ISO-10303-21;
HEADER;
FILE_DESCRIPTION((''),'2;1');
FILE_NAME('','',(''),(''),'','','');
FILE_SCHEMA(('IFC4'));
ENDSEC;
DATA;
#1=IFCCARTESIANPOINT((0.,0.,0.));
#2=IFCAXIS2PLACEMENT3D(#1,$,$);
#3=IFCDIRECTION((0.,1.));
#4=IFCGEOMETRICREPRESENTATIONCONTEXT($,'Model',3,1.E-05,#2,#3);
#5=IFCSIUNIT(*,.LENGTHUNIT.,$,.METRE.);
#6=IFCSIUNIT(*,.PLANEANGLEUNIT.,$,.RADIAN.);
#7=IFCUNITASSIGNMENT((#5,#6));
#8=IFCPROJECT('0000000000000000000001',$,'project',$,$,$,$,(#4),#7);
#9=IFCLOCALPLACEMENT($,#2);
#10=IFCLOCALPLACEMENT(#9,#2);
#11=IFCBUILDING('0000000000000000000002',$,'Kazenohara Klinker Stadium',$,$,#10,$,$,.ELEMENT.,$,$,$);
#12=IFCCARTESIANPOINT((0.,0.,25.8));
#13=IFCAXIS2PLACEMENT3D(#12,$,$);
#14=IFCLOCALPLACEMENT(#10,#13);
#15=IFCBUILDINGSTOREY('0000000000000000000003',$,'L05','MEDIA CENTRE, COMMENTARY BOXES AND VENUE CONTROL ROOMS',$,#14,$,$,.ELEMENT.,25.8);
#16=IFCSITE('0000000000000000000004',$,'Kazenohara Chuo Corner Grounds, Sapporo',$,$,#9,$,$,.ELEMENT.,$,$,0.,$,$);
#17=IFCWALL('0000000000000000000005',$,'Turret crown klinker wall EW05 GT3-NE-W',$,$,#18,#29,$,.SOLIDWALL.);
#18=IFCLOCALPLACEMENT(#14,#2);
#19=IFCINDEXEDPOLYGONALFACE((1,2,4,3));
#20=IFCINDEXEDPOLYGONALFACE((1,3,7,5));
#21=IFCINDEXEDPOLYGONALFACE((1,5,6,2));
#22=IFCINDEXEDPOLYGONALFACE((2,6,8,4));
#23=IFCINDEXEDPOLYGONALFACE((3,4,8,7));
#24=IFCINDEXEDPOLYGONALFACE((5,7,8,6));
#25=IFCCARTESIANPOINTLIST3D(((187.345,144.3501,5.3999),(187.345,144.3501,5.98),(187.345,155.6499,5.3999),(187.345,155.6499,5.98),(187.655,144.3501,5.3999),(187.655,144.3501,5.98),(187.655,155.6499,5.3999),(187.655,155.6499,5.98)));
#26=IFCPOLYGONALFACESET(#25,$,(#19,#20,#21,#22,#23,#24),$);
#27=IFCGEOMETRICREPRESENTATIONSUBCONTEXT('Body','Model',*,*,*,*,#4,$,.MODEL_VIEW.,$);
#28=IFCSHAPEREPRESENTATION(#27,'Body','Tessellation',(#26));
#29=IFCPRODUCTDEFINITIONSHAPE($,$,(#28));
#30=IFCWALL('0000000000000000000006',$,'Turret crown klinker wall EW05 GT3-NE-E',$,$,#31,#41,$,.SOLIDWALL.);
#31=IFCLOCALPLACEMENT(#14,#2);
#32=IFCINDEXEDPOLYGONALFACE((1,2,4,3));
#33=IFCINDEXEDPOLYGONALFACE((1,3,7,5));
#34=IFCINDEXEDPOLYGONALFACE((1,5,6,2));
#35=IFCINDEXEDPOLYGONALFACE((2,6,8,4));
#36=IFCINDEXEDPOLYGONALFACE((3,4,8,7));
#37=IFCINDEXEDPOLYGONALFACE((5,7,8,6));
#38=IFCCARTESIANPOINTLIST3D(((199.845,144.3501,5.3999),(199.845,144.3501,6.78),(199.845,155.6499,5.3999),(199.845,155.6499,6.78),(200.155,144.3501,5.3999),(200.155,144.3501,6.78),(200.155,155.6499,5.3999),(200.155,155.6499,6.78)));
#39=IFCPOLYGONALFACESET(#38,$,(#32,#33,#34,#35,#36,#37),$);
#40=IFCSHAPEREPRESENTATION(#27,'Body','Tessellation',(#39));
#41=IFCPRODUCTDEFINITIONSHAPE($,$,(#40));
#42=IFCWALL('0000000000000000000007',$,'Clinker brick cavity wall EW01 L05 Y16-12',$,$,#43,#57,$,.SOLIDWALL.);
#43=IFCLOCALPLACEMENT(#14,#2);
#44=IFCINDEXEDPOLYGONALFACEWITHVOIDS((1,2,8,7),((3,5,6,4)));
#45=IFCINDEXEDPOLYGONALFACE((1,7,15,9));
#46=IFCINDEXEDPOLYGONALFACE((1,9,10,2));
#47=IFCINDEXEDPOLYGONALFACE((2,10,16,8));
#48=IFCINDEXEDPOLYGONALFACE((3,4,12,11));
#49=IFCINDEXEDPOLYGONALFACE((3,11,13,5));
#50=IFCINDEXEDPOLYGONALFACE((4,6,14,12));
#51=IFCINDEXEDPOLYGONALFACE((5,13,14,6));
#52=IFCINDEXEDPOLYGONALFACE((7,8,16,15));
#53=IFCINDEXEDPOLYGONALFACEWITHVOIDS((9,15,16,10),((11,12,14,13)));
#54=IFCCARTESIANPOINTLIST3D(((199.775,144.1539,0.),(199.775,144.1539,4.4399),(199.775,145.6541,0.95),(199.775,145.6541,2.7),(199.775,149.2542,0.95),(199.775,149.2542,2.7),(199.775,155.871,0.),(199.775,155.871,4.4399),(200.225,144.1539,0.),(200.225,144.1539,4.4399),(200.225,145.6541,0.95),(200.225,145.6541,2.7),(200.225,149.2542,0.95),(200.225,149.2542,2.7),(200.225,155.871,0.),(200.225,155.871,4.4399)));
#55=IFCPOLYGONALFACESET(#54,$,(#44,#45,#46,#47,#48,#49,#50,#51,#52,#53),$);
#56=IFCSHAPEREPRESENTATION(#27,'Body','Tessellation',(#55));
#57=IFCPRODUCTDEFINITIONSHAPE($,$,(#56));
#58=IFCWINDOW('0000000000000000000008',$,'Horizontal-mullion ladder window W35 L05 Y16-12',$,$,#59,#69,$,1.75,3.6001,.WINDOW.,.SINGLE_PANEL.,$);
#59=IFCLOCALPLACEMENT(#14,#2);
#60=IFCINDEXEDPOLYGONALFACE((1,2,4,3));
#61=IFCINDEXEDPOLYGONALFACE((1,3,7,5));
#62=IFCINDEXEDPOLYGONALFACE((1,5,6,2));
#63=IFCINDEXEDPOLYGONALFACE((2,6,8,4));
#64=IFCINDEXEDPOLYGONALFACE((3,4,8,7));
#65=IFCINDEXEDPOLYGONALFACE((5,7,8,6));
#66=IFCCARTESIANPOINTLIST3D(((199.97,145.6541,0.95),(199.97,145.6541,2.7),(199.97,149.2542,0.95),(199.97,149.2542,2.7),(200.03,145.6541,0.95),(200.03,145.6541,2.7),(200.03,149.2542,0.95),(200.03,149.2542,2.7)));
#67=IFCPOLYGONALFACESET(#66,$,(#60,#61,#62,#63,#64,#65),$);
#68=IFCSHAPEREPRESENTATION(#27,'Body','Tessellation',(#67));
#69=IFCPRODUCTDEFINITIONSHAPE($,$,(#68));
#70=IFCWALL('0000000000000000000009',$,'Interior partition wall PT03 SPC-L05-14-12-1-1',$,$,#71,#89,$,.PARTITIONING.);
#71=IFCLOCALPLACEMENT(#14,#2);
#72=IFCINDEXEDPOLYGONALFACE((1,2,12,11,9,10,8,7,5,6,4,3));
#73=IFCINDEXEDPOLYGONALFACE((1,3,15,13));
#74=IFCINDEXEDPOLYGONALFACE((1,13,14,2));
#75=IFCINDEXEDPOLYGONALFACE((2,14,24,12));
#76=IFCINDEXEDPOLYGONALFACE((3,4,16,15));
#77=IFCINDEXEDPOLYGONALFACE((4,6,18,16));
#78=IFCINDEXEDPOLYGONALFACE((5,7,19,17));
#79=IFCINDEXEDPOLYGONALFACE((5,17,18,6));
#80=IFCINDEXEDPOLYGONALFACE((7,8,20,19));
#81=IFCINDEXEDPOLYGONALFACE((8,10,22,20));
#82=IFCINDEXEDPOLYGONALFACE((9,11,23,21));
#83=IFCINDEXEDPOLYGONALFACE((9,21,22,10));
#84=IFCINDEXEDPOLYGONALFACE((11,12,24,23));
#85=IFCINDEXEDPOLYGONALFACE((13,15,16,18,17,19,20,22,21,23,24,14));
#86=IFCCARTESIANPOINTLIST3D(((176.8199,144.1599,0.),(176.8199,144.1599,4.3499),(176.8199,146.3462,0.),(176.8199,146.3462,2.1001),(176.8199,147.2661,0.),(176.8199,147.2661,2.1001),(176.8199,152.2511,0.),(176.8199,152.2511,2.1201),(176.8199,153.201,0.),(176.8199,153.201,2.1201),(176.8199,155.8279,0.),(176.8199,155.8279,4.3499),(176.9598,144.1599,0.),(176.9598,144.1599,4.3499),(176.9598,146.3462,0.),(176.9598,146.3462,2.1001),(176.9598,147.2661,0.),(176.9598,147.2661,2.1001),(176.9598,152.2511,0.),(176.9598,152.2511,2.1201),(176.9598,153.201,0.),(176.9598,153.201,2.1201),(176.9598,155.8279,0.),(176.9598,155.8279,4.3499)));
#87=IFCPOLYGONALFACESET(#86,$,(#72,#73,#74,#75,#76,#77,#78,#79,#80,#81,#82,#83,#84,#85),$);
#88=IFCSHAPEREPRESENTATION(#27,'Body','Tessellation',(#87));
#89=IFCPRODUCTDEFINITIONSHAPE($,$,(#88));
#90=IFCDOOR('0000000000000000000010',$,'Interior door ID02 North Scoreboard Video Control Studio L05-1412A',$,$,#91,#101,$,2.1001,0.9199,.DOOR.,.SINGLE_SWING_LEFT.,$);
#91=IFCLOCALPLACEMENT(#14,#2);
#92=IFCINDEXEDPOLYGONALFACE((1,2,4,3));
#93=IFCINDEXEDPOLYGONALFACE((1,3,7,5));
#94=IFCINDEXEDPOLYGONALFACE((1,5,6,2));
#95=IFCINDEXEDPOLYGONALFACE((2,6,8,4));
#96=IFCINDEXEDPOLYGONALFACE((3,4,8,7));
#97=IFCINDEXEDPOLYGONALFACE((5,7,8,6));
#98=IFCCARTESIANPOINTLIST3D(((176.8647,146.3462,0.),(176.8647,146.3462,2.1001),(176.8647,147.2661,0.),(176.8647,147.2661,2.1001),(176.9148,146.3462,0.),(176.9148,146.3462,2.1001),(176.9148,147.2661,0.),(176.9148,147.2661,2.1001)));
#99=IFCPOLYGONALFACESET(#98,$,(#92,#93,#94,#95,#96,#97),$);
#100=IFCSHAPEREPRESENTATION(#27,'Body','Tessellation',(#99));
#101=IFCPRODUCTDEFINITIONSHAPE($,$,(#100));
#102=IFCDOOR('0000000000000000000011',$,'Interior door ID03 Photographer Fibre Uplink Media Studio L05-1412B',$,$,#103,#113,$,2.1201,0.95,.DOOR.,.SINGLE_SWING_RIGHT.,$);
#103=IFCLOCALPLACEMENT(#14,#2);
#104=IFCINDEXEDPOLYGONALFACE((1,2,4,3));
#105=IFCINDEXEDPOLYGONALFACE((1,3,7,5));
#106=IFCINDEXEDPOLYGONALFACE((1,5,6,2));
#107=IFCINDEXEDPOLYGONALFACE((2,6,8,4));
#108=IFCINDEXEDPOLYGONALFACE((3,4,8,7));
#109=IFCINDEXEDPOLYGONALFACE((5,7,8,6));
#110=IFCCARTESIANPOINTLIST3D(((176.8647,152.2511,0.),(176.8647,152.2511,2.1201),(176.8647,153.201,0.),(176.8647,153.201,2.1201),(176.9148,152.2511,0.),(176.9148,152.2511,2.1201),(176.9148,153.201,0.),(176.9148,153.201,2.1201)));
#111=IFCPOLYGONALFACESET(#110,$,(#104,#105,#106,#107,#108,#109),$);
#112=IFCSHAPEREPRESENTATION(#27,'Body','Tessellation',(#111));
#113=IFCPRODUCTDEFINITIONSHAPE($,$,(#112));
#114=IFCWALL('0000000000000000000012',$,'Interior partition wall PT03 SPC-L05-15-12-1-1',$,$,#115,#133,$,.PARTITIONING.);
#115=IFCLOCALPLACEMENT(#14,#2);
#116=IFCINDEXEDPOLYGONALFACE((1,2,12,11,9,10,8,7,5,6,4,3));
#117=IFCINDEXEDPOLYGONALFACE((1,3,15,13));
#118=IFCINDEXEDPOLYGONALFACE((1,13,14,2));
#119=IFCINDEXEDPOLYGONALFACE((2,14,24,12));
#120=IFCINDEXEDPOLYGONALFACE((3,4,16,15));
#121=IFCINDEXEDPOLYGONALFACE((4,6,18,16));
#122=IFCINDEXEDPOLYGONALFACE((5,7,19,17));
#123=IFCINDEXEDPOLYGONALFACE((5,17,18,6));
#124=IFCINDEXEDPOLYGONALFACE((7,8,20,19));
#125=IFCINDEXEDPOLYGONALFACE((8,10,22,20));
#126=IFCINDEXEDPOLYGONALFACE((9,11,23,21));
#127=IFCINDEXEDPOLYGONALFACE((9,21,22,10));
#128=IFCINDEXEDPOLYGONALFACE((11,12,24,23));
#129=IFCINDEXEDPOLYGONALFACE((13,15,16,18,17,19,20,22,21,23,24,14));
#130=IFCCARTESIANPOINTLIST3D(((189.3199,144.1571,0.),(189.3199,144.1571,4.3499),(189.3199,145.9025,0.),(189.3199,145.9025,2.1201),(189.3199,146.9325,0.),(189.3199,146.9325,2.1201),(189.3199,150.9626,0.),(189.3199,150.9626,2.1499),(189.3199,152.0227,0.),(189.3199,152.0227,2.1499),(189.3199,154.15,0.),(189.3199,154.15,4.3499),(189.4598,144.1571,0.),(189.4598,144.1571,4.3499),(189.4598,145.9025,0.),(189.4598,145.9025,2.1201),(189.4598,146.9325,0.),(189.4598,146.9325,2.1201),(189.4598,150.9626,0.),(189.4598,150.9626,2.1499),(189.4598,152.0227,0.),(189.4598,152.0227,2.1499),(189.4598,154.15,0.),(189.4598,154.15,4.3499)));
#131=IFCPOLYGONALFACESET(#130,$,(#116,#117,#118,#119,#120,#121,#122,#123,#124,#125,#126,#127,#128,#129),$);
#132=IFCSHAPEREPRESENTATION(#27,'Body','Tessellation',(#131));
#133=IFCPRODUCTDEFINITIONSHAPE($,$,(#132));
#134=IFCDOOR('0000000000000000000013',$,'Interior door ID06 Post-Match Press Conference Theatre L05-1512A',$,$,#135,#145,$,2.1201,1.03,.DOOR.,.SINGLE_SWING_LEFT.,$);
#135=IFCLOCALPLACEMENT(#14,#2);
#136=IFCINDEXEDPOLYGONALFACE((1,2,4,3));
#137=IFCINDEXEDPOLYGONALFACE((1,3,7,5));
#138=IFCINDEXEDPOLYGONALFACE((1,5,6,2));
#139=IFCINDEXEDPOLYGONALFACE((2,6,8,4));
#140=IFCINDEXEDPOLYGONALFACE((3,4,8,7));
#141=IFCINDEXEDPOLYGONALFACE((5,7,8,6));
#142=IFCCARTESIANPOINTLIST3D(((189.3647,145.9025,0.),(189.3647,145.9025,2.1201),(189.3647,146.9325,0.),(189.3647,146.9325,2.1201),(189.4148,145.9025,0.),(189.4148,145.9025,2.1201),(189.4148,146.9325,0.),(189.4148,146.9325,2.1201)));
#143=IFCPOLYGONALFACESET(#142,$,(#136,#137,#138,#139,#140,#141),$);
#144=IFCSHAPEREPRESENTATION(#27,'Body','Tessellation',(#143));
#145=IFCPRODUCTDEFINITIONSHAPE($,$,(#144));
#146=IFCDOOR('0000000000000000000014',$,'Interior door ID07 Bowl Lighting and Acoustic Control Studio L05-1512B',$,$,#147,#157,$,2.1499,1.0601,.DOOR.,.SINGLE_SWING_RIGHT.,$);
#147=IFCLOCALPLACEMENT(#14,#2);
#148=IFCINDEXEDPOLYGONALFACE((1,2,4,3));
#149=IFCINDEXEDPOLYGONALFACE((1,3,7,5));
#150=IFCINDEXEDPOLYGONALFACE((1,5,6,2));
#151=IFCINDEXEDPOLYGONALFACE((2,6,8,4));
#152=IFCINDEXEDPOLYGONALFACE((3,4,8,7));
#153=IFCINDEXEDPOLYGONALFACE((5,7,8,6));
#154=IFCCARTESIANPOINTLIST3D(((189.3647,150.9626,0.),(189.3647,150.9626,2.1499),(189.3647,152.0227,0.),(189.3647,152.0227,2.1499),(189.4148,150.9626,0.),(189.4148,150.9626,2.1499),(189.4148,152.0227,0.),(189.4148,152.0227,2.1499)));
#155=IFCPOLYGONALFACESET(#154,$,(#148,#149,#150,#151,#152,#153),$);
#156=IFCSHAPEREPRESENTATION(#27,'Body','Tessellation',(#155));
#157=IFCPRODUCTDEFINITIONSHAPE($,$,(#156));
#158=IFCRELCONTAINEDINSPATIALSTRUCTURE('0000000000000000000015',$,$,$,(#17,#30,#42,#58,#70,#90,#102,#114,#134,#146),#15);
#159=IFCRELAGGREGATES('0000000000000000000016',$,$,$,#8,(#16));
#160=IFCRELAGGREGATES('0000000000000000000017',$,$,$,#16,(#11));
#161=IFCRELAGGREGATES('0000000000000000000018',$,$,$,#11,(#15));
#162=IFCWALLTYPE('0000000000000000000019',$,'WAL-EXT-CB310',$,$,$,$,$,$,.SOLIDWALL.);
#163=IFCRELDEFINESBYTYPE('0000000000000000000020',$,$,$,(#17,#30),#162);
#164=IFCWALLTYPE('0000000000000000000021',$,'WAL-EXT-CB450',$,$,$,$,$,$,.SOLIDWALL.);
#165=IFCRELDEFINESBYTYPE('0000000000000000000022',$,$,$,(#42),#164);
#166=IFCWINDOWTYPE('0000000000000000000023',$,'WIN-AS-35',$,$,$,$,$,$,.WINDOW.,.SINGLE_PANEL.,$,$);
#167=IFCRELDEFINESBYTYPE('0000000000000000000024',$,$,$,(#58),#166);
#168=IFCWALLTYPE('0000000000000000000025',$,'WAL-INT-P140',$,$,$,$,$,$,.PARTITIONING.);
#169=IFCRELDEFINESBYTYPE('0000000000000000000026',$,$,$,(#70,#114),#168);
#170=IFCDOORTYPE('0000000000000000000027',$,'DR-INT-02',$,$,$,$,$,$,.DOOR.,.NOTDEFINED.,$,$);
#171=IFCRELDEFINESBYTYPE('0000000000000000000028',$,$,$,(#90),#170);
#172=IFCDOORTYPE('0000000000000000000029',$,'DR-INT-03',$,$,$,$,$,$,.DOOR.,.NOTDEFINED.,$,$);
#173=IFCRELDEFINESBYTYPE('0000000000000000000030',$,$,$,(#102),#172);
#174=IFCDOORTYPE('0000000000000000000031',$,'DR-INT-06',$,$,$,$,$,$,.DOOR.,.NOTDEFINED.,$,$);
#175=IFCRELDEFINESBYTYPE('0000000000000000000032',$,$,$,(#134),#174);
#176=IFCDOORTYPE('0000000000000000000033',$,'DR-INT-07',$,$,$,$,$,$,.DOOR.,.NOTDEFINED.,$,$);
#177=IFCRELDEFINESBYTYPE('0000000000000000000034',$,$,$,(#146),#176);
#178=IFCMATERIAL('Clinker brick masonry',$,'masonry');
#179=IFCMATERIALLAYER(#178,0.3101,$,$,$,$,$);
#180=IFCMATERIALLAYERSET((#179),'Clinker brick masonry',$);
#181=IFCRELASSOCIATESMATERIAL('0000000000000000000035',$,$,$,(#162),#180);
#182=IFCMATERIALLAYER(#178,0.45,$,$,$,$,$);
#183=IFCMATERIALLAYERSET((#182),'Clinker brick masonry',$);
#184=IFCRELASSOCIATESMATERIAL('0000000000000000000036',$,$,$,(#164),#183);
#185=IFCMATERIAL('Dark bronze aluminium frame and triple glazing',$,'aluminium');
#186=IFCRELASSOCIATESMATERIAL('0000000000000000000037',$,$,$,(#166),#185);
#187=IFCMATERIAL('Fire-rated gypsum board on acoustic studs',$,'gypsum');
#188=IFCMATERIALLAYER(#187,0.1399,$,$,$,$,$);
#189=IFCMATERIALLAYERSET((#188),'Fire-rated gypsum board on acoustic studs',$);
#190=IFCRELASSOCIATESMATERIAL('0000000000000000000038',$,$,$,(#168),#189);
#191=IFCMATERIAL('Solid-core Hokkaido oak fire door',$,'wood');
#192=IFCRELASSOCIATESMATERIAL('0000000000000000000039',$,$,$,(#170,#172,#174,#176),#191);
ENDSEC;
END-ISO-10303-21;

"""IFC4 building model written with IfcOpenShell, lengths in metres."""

from ifc_helpers import new_model, si_unit, direction, frame, frame_2d, origin, place, context, subcontext, project, spatial, rectangle, extrude, material, layer, layer_set, type_object, element, fill, save


model = new_model("IFC4")

# Units and contexts
model_context = context("Model", 3, precision=1e-05, world=origin(), true_north=direction((0.0, 1.0)))
body_context = subcontext(model_context, "Body", "Model", "MODEL_VIEW")
ifc_project = project(units=[si_unit("LENGTHUNIT", "METRE"), si_unit("PLANEANGLEUNIT", "RADIAN")], contexts=[model_context])

# Site, building, storey
site_placement = place(None, origin())
site = spatial("IfcSite", under=ifc_project, at=site_placement, Name="Kazenohara Chuo Corner Grounds, Sapporo", CompositionType="ELEMENT", RefElevation=0.0)
building_placement = place(site_placement, origin())
building = spatial("IfcBuilding", under=site, at=building_placement, Name="Kazenohara Klinker Stadium", CompositionType="ELEMENT")
storey_placement = place(building_placement, frame((0.0, 0.0, 25.8)))
storey = spatial("IfcBuildingStorey", under=building, at=storey_placement, Name="L05", Description="MEDIA CENTRE, COMMENTARY BOXES AND VENUE CONTROL ROOMS", CompositionType="ELEMENT", Elevation=25.8)

# Shared definitions
ifc_material_1 = material(Name="Clinker brick masonry", Category="masonry")
ifc_material_2 = material(Name="Dark bronze aluminium frame and triple glazing", Category="aluminium")

# Walls
ifc_layer_1 = layer(ifc_material_1, 0.3101)
ifc_layer_set_1 = layer_set([ifc_layer_1], Name="Clinker brick masonry")
wall_type_1 = type_object("IfcWallType", Name="WAL-EXT-CB310", PredefinedType="SOLIDWALL", material=ifc_layer_set_1)
wall_1_placement = place(storey_placement, frame((187.5, 144.3501, 5.3999), z_axis=(0.0, 0.0, 1.0), x_axis=(0.0, 1.0, 0.0)))
element("IfcWall", 1, at=wall_1_placement, inside=storey, type_object=wall_type_1, Name="Turret crown klinker wall EW05 GT3-NE-W", PredefinedType="SOLIDWALL", context=body_context, shape_type="SweptSolid", body=[
    extrude(rectangle(XDim=11.2998, YDim=0.3101, at=frame_2d((5.6499, 0.0))), origin(), (0.0, 0.0, 1.0), 0.5801),
])
wall_2_placement = place(storey_placement, frame((200.0, 144.3501, 5.3999), z_axis=(0.0, 0.0, 1.0), x_axis=(0.0, 1.0, 0.0)))
element("IfcWall", 2, at=wall_2_placement, inside=storey, type_object=wall_type_1, Name="Turret crown klinker wall EW05 GT3-NE-E", PredefinedType="SOLIDWALL", context=body_context, shape_type="SweptSolid", body=[
    extrude(rectangle(XDim=11.2998, YDim=0.3101, at=frame_2d((5.6499, 0.0))), origin(), (0.0, 0.0, 1.0), 1.3801),
])

# Wall, opening, window
ifc_layer_2 = layer(ifc_material_1, 0.45)
ifc_layer_set_2 = layer_set([ifc_layer_2], Name="Clinker brick masonry")
wall_type_2 = type_object("IfcWallType", Name="WAL-EXT-CB450", PredefinedType="SOLIDWALL", material=ifc_layer_set_2)
wall_3_placement = place(storey_placement, frame((200.0, 144.1541, 0.0), z_axis=(0.0, 0.0, 1.0), x_axis=(0.0, 1.0, 0.0)))
wall_3 = element("IfcWall", 3, at=wall_3_placement, inside=storey, type_object=wall_type_2, Name="Clinker brick cavity wall EW01 L05 Y16-12", PredefinedType="SOLIDWALL", context=body_context, shape_type="SweptSolid", body=[
    extrude(rectangle(XDim=11.717, YDim=0.45, at=frame_2d((5.8584, 0.0))), origin(), (0.0, 0.0, 1.0), 4.4399),
])
opening_1_placement = place(wall_3_placement, frame((1.5, 0.0, 0.95)))
opening_1 = element("IfcOpeningElement", 4, at=opening_1_placement, cuts=wall_3, PredefinedType="OPENING", context=body_context, shape_type="SweptSolid", body=[
    extrude(rectangle(XDim=3.6001, YDim=1.75, at=frame_2d((1.8, 0.875))), frame((0.0, 0.2349, 0.0), z_axis=(0.0, -1.0, 0.0), x_axis=(1.0, 0.0, 0.0)), (0.0, 0.0, 1.0), 0.47),
])
window_type_1 = type_object("IfcWindowType", Name="WIN-AS-35", PartitioningType="SINGLE_PANEL", PredefinedType="WINDOW", material=ifc_material_2)
window_1_placement = place(opening_1_placement, origin())
window_1 = element("IfcWindow", 5, at=window_1_placement, inside=storey, type_object=window_type_1, Name="Horizontal-mullion ladder window W35 L05 Y16-12", OverallHeight=1.75, OverallWidth=3.6001, PartitioningType="SINGLE_PANEL", PredefinedType="WINDOW", context=body_context, shape_type="SweptSolid", body=[
    extrude(rectangle(XDim=3.6001, YDim=1.75, at=frame_2d((1.8, 0.875))), frame((0.0, 0.03, 0.0), z_axis=(0.0, -1.0, 0.0), x_axis=(1.0, 0.0, 0.0)), (0.0, 0.0, 1.0), 0.0601),
])
fill(opening_1, window_1)

# Walls, openings, doors
ifc_material_3 = material(Name="Fire-rated gypsum board on acoustic studs", Category="gypsum")
ifc_layer_3 = layer(ifc_material_3, 0.1399)
ifc_layer_set_3 = layer_set([ifc_layer_3], Name="Fire-rated gypsum board on acoustic studs")
wall_type_3 = type_object("IfcWallType", Name="WAL-INT-P140", PredefinedType="PARTITIONING", material=ifc_layer_set_3)
wall_4_placement = place(storey_placement, frame((176.8899, 144.1599, 0.0), z_axis=(0.0, 0.0, 1.0), x_axis=(0.0, 1.0, 0.0)))
wall_4 = element("IfcWall", 6, at=wall_4_placement, inside=storey, type_object=wall_type_3, Name="Interior partition wall PT03 SPC-L05-14-12-1-1", PredefinedType="PARTITIONING", context=body_context, shape_type="SweptSolid", body=[
    extrude(rectangle(XDim=11.668, YDim=0.1399, at=frame_2d((5.834, 0.0))), origin(), (0.0, 0.0, 1.0), 4.3499),
])
opening_2_placement = place(wall_4_placement, frame((3.1062, 0.0, 0.0), z_axis=(0.0, 0.0, 1.0), x_axis=(-1.0, 0.0, 0.0)))
opening_2 = element("IfcOpeningElement", 7, at=opening_2_placement, cuts=wall_4, PredefinedType="OPENING", context=body_context, shape_type="SweptSolid", body=[
    extrude(rectangle(XDim=0.9199, YDim=2.1001, at=frame_2d((0.46, 1.05))), frame((0.0, 0.0801, 0.0), z_axis=(0.0, -1.0, 0.0), x_axis=(1.0, 0.0, 0.0)), (0.0, 0.0, 1.0), 0.1599),
])
opening_3_placement = place(wall_4_placement, frame((9.0413, 0.0, 0.0), z_axis=(0.0, 0.0, 1.0), x_axis=(-1.0, 0.0, 0.0)))
opening_3 = element("IfcOpeningElement", 8, at=opening_3_placement, cuts=wall_4, PredefinedType="OPENING", context=body_context, shape_type="SweptSolid", body=[
    extrude(rectangle(XDim=0.95, YDim=2.1201, at=frame_2d((0.4751, 1.0601))), frame((0.0, 0.0801, 0.0), z_axis=(0.0, -1.0, 0.0), x_axis=(1.0, 0.0, 0.0)), (0.0, 0.0, 1.0), 0.1599),
])
ifc_material_4 = material(Name="Solid-core Hokkaido oak fire door", Category="wood")
door_type_1 = type_object("IfcDoorType", Name="DR-INT-02", OperationType="NOTDEFINED", PredefinedType="DOOR", material=ifc_material_4)
door_1_placement = place(opening_2_placement, origin())
door_1 = element("IfcDoor", 9, at=door_1_placement, inside=storey, type_object=door_type_1, Name="Interior door ID02 North Scoreboard Video Control Studio L05-1412A", OperationType="SINGLE_SWING_LEFT", OverallHeight=2.1001, OverallWidth=0.9199, PredefinedType="DOOR", context=body_context, shape_type="SweptSolid", body=[
    extrude(rectangle(XDim=0.9199, YDim=2.1001, at=frame_2d((0.46, 1.05))), frame((0.0, 0.0249, 0.0), z_axis=(0.0, -1.0, 0.0), x_axis=(1.0, 0.0, 0.0)), (0.0, 0.0, 1.0), 0.05),
])
fill(opening_2, door_1)
door_type_2 = type_object("IfcDoorType", Name="DR-INT-03", OperationType="NOTDEFINED", PredefinedType="DOOR", material=ifc_material_4)
door_2_placement = place(opening_3_placement, origin())
door_2 = element("IfcDoor", 10, at=door_2_placement, inside=storey, type_object=door_type_2, Name="Interior door ID03 Photographer Fibre Uplink Media Studio L05-1412B", OperationType="SINGLE_SWING_RIGHT", OverallHeight=2.1201, OverallWidth=0.95, PredefinedType="DOOR", context=body_context, shape_type="SweptSolid", body=[
    extrude(rectangle(XDim=0.95, YDim=2.1201, at=frame_2d((0.4751, 1.0601))), frame((0.0, 0.0249, 0.0), z_axis=(0.0, -1.0, 0.0), x_axis=(1.0, 0.0, 0.0)), (0.0, 0.0, 1.0), 0.05),
])
fill(opening_3, door_2)
wall_5_placement = place(storey_placement, frame((189.3899, 144.157, 0.0), z_axis=(0.0, 0.0, 1.0), x_axis=(0.0, 1.0, 0.0)))
wall_5 = element("IfcWall", 11, at=wall_5_placement, inside=storey, type_object=wall_type_3, Name="Interior partition wall PT03 SPC-L05-15-12-1-1", PredefinedType="PARTITIONING", context=body_context, shape_type="SweptSolid", body=[
    extrude(rectangle(XDim=9.9929, YDim=0.1399, at=frame_2d((4.9966, 0.0))), origin(), (0.0, 0.0, 1.0), 4.3499),
])
opening_4_placement = place(wall_5_placement, frame((2.7756, 0.0, 0.0), z_axis=(0.0, 0.0, 1.0), x_axis=(-1.0, 0.0, 0.0)))
opening_4 = element("IfcOpeningElement", 12, at=opening_4_placement, cuts=wall_5, PredefinedType="OPENING", context=body_context, shape_type="SweptSolid", body=[
    extrude(rectangle(XDim=1.03, YDim=2.1201, at=frame_2d((0.5151, 1.0601))), frame((0.0, 0.0801, 0.0), z_axis=(0.0, -1.0, 0.0), x_axis=(1.0, 0.0, 0.0)), (0.0, 0.0, 1.0), 0.1599),
])
opening_5_placement = place(wall_5_placement, frame((7.8657, 0.0, 0.0), z_axis=(0.0, 0.0, 1.0), x_axis=(-1.0, 0.0, 0.0)))
opening_5 = element("IfcOpeningElement", 13, at=opening_5_placement, cuts=wall_5, PredefinedType="OPENING", context=body_context, shape_type="SweptSolid", body=[
    extrude(rectangle(XDim=1.0601, YDim=2.1499, at=frame_2d((0.53, 1.075))), frame((0.0, 0.0801, 0.0), z_axis=(0.0, -1.0, 0.0), x_axis=(1.0, 0.0, 0.0)), (0.0, 0.0, 1.0), 0.1599),
])
door_type_3 = type_object("IfcDoorType", Name="DR-INT-06", OperationType="NOTDEFINED", PredefinedType="DOOR", material=ifc_material_4)
door_3_placement = place(opening_4_placement, origin())
door_3 = element("IfcDoor", 14, at=door_3_placement, inside=storey, type_object=door_type_3, Name="Interior door ID06 Post-Match Press Conference Theatre L05-1512A", OperationType="SINGLE_SWING_LEFT", OverallHeight=2.1201, OverallWidth=1.03, PredefinedType="DOOR", context=body_context, shape_type="SweptSolid", body=[
    extrude(rectangle(XDim=1.03, YDim=2.1201, at=frame_2d((0.5151, 1.0601))), frame((0.0, 0.0249, 0.0), z_axis=(0.0, -1.0, 0.0), x_axis=(1.0, 0.0, 0.0)), (0.0, 0.0, 1.0), 0.05),
])
fill(opening_4, door_3)
door_type_4 = type_object("IfcDoorType", Name="DR-INT-07", OperationType="NOTDEFINED", PredefinedType="DOOR", material=ifc_material_4)
door_4_placement = place(opening_5_placement, origin())
door_4 = element("IfcDoor", 15, at=door_4_placement, inside=storey, type_object=door_type_4, Name="Interior door ID07 Bowl Lighting and Acoustic Control Studio L05-1512B", OperationType="SINGLE_SWING_RIGHT", OverallHeight=2.1499, OverallWidth=1.0601, PredefinedType="DOOR", context=body_context, shape_type="SweptSolid", body=[
    extrude(rectangle(XDim=1.0601, YDim=2.1499, at=frame_2d((0.53, 1.075))), frame((0.0, 0.0249, 0.0), z_axis=(0.0, -1.0, 0.0), x_axis=(1.0, 0.0, 0.0)), (0.0, 0.0, 1.0), 0.05),
])
fill(opening_5, door_4)

save(model, "model.ifc")
